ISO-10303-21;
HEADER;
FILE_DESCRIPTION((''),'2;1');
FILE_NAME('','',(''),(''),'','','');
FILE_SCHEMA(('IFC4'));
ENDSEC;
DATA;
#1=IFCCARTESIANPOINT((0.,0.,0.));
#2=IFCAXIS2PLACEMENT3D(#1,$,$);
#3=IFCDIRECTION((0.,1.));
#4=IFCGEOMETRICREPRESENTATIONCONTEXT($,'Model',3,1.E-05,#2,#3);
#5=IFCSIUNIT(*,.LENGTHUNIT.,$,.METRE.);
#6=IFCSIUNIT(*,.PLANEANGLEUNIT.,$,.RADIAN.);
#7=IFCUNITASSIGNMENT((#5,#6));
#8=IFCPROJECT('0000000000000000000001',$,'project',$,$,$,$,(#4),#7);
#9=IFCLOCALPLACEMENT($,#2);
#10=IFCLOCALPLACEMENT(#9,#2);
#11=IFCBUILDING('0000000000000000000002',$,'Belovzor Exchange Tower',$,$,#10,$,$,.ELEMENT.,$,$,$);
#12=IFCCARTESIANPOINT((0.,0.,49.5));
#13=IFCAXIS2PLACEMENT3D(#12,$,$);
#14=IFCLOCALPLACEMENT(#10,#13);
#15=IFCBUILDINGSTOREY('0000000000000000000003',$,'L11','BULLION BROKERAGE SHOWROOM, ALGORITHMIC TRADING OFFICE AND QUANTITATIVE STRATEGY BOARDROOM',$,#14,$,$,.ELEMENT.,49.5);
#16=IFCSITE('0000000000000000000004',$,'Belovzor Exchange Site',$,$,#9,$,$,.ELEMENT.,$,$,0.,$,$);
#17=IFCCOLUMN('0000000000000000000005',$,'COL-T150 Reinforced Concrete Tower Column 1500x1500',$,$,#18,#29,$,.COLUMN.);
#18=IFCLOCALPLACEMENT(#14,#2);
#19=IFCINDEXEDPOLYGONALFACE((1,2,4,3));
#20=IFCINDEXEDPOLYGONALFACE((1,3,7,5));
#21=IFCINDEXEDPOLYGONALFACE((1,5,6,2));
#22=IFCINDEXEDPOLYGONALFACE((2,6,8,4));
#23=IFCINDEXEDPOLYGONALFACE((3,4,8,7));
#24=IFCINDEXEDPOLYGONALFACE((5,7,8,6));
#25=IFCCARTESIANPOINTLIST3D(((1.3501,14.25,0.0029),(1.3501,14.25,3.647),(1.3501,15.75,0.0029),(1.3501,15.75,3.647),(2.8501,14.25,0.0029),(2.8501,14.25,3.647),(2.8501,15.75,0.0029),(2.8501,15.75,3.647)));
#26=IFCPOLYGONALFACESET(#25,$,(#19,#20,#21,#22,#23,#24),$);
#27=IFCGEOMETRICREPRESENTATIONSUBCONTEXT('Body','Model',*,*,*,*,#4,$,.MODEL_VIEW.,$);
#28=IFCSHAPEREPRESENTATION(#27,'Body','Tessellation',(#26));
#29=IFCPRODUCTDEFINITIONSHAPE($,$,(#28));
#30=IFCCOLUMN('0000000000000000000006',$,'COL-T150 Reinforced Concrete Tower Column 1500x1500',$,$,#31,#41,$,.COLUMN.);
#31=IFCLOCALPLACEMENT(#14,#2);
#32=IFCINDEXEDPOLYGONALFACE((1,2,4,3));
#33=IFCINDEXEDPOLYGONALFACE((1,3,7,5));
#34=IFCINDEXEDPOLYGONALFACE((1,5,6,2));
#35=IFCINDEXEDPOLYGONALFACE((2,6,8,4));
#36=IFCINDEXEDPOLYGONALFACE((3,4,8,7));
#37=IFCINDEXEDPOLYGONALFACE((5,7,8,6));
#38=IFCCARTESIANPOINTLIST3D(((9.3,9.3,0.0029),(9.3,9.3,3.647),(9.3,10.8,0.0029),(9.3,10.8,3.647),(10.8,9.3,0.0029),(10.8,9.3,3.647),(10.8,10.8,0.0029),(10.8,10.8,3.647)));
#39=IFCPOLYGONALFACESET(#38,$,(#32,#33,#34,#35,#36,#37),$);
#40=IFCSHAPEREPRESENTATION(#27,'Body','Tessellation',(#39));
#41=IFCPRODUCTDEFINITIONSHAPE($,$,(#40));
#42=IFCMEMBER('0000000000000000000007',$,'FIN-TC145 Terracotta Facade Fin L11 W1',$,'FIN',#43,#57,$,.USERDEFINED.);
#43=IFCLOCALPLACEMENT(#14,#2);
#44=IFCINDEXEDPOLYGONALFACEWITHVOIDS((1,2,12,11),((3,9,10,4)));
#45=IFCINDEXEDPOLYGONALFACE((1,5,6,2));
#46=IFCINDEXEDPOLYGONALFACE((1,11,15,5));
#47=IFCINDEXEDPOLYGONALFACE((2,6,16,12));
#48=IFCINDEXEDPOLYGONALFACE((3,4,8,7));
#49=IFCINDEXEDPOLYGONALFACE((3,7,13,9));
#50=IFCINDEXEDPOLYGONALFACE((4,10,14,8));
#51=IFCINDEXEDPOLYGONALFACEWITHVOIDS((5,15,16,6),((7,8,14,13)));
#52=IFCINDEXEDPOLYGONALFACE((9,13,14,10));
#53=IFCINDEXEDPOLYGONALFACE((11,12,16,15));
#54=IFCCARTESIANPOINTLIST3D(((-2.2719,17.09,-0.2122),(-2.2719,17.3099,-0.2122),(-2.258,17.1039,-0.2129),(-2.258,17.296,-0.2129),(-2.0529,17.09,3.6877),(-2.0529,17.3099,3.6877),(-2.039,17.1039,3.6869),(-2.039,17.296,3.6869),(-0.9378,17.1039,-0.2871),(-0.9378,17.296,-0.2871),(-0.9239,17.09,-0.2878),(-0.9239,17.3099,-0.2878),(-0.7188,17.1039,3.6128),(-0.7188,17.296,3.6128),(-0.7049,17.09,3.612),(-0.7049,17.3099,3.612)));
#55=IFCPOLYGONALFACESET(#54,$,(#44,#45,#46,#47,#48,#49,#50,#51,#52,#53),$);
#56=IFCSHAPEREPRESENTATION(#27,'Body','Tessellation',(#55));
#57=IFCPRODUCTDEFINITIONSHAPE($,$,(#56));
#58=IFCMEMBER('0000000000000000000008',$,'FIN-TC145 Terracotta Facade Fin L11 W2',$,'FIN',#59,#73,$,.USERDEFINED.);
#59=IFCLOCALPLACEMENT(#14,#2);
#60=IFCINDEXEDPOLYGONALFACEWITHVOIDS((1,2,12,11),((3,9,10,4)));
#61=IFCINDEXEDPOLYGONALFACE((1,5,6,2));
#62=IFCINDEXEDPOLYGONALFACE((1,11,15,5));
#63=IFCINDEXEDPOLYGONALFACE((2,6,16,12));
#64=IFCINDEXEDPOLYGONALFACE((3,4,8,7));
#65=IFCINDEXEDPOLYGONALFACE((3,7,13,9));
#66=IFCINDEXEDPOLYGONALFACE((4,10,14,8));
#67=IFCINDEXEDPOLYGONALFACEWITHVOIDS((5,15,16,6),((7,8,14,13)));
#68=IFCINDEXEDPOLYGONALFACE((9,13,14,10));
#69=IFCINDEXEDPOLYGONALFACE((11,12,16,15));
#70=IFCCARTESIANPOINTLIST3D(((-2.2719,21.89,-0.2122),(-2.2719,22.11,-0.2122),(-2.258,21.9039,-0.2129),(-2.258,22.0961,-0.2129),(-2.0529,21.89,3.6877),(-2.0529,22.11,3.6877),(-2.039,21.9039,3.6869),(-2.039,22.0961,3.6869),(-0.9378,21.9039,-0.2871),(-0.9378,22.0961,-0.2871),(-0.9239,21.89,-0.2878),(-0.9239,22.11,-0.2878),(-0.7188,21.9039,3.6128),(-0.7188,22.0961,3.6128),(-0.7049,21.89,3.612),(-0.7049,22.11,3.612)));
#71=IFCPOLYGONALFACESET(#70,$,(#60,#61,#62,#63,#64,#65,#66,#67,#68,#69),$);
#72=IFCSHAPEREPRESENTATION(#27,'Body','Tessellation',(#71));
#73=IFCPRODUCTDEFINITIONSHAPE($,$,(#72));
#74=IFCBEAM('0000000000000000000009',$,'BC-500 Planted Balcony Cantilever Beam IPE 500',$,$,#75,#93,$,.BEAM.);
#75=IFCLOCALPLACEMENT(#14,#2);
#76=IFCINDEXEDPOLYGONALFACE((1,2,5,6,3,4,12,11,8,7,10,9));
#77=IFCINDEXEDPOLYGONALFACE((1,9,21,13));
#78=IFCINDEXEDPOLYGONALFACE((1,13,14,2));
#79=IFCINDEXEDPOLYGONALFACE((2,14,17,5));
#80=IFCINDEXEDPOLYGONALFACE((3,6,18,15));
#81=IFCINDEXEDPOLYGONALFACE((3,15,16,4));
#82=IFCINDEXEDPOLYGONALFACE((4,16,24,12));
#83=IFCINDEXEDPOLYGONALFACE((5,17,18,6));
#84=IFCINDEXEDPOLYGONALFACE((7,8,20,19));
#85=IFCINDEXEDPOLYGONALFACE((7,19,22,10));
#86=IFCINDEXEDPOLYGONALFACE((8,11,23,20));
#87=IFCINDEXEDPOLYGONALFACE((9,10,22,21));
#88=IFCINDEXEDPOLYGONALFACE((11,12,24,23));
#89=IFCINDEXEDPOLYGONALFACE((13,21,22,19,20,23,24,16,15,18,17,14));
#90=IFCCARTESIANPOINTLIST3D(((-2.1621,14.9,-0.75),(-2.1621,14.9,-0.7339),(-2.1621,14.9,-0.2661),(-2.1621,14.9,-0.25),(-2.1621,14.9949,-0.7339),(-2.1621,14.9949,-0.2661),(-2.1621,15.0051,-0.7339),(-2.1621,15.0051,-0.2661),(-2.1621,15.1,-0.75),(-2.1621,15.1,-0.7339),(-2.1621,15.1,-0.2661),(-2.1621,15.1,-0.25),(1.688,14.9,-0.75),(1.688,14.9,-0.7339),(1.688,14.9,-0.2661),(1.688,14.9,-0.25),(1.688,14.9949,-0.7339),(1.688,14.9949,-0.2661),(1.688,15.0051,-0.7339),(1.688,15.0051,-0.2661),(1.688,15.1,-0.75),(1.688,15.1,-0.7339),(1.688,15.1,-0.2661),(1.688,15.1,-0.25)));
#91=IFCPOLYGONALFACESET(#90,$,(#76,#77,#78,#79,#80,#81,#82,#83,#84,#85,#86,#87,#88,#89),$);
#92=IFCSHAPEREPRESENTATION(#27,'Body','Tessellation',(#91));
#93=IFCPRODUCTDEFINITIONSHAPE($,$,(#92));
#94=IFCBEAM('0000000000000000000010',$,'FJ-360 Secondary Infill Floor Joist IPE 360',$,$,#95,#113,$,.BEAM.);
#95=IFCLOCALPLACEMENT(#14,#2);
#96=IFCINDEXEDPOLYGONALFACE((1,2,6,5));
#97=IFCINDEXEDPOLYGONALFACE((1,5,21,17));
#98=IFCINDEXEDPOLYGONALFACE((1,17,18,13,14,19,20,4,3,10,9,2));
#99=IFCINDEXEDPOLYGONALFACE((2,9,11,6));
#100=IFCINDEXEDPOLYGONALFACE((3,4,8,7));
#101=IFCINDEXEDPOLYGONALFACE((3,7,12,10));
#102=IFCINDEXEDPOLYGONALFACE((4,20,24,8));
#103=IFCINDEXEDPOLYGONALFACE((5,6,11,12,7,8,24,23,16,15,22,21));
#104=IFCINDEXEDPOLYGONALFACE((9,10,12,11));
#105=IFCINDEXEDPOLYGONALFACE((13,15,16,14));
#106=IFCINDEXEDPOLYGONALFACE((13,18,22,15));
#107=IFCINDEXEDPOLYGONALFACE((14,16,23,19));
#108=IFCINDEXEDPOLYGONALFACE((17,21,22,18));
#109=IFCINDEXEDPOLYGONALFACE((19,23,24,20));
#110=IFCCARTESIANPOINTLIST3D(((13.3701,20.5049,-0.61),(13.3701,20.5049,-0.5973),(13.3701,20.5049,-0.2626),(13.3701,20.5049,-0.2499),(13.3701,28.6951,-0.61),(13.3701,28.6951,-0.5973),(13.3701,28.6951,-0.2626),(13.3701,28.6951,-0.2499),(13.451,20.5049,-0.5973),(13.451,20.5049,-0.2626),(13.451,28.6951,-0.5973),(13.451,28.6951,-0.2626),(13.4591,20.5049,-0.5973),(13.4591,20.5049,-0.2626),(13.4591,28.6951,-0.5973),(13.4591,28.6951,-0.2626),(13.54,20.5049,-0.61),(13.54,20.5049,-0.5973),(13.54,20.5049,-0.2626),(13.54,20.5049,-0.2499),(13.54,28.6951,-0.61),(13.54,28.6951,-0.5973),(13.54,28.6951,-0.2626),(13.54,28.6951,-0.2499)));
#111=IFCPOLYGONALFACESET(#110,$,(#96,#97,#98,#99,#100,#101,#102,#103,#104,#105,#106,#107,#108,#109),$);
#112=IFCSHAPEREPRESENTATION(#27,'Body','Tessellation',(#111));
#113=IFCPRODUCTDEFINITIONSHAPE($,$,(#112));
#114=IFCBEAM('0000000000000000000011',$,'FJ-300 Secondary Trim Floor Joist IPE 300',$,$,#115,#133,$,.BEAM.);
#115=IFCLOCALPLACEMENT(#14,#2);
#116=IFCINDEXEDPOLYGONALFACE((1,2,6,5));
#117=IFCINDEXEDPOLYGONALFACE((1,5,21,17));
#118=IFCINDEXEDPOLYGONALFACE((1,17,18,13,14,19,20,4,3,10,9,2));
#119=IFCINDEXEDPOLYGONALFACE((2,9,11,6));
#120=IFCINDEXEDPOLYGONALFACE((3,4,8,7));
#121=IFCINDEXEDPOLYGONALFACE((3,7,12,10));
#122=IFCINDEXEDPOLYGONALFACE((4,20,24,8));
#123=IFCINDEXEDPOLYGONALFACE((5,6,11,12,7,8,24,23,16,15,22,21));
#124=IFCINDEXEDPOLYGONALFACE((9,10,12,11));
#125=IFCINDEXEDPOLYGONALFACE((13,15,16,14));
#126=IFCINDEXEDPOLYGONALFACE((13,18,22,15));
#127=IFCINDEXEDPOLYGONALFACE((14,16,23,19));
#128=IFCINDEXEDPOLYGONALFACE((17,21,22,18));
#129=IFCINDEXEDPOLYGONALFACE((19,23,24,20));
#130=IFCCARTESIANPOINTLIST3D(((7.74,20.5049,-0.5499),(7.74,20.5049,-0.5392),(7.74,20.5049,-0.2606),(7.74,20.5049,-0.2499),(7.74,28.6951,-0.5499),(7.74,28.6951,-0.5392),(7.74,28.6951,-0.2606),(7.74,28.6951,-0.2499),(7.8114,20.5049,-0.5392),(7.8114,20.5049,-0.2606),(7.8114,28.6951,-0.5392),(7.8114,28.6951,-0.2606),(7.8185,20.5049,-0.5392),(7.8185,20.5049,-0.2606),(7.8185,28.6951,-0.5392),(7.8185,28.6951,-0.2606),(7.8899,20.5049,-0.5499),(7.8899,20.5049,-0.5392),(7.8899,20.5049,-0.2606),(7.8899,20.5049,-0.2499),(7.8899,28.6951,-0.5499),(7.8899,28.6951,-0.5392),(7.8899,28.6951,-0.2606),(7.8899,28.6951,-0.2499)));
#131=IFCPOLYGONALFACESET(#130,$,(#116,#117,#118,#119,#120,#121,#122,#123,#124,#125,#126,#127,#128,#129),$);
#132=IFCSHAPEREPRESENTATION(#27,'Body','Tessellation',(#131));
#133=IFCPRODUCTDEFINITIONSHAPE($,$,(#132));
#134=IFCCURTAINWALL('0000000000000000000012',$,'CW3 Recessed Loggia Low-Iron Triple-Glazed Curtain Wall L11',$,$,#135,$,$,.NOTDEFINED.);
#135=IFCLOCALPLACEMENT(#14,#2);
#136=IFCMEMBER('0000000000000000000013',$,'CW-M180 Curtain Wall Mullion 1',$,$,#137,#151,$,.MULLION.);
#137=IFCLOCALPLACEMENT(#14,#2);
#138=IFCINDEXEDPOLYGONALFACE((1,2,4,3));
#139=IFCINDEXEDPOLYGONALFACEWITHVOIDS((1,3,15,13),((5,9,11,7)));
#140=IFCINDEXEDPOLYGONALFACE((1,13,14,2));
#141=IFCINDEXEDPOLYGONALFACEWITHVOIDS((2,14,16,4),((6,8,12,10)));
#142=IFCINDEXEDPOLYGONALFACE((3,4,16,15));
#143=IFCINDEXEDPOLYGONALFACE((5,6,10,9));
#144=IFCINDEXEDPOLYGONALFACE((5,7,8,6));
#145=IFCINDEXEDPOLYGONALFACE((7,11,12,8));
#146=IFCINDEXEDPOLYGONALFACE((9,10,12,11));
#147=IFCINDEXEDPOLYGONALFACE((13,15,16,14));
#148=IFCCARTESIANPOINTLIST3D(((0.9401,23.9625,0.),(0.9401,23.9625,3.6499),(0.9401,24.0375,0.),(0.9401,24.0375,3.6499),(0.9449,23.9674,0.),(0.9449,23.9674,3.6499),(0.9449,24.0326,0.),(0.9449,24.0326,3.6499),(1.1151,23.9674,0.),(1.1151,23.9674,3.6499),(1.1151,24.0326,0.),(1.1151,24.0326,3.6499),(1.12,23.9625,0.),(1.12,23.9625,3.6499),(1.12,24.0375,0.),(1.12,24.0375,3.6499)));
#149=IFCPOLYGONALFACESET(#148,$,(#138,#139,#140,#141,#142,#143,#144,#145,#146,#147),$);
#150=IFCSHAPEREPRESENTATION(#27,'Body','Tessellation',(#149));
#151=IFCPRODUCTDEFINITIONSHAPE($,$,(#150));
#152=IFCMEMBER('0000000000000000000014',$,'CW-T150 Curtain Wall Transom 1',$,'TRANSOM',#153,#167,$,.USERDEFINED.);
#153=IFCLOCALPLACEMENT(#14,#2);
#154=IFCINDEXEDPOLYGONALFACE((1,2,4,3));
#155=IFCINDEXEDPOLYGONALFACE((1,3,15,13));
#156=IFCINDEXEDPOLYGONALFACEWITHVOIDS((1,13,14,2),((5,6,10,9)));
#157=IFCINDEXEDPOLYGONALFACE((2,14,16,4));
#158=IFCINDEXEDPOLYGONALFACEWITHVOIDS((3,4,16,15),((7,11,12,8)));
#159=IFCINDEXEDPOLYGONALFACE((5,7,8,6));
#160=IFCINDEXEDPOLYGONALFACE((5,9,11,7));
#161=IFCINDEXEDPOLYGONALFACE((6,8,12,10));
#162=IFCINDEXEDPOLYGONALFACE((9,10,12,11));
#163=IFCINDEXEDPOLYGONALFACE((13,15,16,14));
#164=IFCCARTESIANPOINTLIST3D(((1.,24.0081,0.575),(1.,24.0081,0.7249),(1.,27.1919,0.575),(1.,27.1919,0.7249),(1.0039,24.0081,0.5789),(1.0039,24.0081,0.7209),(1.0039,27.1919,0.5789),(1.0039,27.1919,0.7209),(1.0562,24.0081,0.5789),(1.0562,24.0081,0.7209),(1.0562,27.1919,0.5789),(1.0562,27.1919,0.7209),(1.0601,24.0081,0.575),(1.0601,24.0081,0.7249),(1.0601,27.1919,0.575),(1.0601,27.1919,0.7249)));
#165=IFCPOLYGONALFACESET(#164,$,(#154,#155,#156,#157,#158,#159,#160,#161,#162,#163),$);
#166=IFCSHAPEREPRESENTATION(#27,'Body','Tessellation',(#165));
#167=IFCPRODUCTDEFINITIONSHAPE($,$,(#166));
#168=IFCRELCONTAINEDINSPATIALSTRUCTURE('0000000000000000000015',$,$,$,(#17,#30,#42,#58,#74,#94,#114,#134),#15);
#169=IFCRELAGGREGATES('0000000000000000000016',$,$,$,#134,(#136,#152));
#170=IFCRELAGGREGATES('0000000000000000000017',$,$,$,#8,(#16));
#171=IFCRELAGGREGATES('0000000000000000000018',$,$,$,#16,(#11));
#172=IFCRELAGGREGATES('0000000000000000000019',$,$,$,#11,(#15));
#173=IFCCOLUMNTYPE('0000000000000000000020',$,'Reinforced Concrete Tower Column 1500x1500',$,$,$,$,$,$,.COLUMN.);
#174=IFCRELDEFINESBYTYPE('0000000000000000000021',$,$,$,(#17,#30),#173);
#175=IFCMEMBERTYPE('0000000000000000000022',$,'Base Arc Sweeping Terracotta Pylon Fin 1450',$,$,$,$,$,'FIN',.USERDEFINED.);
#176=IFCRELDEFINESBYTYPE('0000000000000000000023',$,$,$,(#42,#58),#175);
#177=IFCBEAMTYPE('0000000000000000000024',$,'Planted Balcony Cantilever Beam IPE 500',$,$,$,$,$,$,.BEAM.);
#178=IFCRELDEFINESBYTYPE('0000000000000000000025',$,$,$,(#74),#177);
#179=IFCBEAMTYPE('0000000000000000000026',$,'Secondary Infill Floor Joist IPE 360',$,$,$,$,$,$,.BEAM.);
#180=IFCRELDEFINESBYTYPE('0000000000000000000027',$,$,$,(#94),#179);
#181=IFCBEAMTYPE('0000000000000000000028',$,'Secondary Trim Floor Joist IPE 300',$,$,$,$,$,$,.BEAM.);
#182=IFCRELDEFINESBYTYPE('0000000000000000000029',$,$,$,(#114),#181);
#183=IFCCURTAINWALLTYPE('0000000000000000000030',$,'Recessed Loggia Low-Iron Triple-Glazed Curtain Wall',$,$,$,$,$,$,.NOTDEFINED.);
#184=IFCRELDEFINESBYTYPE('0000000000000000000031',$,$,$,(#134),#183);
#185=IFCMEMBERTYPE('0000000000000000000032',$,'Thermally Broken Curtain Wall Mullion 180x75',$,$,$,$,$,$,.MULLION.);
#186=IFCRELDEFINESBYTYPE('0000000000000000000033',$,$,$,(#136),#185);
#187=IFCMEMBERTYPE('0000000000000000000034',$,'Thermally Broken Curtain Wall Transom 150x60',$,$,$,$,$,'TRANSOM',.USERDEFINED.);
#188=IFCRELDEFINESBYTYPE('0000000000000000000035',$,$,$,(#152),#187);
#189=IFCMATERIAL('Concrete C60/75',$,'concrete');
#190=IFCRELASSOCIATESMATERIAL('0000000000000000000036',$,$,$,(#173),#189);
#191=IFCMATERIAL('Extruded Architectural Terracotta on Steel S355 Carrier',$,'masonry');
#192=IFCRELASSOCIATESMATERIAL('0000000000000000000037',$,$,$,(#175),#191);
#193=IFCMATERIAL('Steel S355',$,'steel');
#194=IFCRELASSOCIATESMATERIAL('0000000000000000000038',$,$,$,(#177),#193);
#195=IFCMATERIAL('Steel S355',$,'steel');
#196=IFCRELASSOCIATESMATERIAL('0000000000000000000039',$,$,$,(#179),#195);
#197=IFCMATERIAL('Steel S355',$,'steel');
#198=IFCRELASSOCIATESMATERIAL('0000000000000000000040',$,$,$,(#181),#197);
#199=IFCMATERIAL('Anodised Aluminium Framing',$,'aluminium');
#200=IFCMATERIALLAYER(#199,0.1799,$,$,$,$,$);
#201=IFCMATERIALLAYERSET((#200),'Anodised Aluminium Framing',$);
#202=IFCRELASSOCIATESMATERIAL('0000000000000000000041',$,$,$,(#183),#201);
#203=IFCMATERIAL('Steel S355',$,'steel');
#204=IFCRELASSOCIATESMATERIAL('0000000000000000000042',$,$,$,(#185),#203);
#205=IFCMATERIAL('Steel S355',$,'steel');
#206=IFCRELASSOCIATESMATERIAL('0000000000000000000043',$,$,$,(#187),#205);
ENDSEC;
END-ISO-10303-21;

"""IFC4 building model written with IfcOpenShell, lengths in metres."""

from ifc_helpers import new_model, si_unit, direction, frame, origin, origin_2d, place, context, subcontext, project, spatial, rectangle, hollow_rectangle, i_section, extrude, material, layer, layer_set, material_profile, profile_set, type_object, element, aggregate, save


model = new_model("IFC4")

# Units and contexts
model_context = context("Model", 3, precision=1e-05, world=origin(), true_north=direction((0.0, 1.0)))
body_context = subcontext(model_context, "Body", "Model", "MODEL_VIEW")
ifc_project = project(units=[si_unit("LENGTHUNIT", "METRE"), si_unit("PLANEANGLEUNIT", "RADIAN")], contexts=[model_context])

# Site, building, storey
site_placement = place(None, origin())
site = spatial("IfcSite", under=ifc_project, at=site_placement, Name="Belovzor Exchange Site", CompositionType="ELEMENT", RefElevation=0.0)
building_placement = place(site_placement, origin())
building = spatial("IfcBuilding", under=site, at=building_placement, Name="Belovzor Exchange Tower", CompositionType="ELEMENT")
storey_placement = place(building_placement, frame((0.0, 0.0, 49.5)))
storey = spatial("IfcBuildingStorey", under=building, at=storey_placement, Name="L11", Description="BULLION BROKERAGE SHOWROOM, ALGORITHMIC TRADING OFFICE AND QUANTITATIVE STRATEGY BOARDROOM", CompositionType="ELEMENT", Elevation=49.5)

# Columns
ifc_material_1 = material(Name="Concrete C60/75", Category="concrete")
ifc_material_profile_1 = material_profile(ifc_material_1, rectangle(XDim=1.5, YDim=1.5, at=origin_2d()))
ifc_profile_set_1 = profile_set([ifc_material_profile_1], Name="Concrete C60/75")
column_type = type_object("IfcColumnType", Name="Reinforced Concrete Tower Column 1500x1500", PredefinedType="COLUMN", material=ifc_profile_set_1)
for number, where, z_axis, x_axis, name in (
    (1, (2.1001, 15.0, 0.0029), (0.0, 0.0, 1.0), (1.0, 0.0, 0.0), "COL-T150 Reinforced Concrete Tower Column 1500x1500"),
    (2, (10.05, 10.05, 0.0029), (0.0, 0.0, 1.0), (1.0, 0.0, 0.0), "COL-T150 Reinforced Concrete Tower Column 1500x1500"),
):
    element("IfcColumn", number, at=place(storey_placement, frame(where, z_axis=z_axis, x_axis=x_axis)), inside=storey, type_object=column_type, Name=name, PredefinedType="COLUMN", context=body_context, shape_type="SweptSolid", body=[
        extrude(rectangle(XDim=1.5, YDim=1.5, at=origin_2d()), origin(), (0.0, 0.0, 1.0), 3.644),
    ])

# Members
ifc_material_2 = material(Name="Extruded Architectural Terracotta on Steel S355 Carrier", Category="masonry")
ifc_material_profile_2 = material_profile(ifc_material_2, hollow_rectangle(XDim=0.22, YDim=1.3501, WallThickness=0.0139, at=origin_2d()))
ifc_profile_set_2 = profile_set([ifc_material_profile_2], Name="Extruded Architectural Terracotta on Steel S355 Carrier")
member_type_1 = type_object("IfcMemberType", Name="Base Arc Sweeping Terracotta Pylon Fin 1450", ElementType="FIN", PredefinedType="USERDEFINED", material=ifc_profile_set_2)
for number, where, z_axis, x_axis, name in (
    (3, (-1.5979, 17.2, -0.25), (0.056065, 0.0, 0.998427), (0.0, 1.0, 0.0), "FIN-TC145 Terracotta Facade Fin L11 W1"),
    (4, (-1.5979, 22.0, -0.25), (0.056065, 0.0, 0.998427), (0.0, 1.0, 0.0), "FIN-TC145 Terracotta Facade Fin L11 W2"),
):
    element("IfcMember", number, at=place(storey_placement, frame(where, z_axis=z_axis, x_axis=x_axis)), inside=storey, type_object=member_type_1, Name=name, ObjectType="FIN", PredefinedType="USERDEFINED", context=body_context, shape_type="SweptSolid", body=[
        extrude(hollow_rectangle(XDim=0.22, YDim=1.3501, WallThickness=0.0139, at=origin_2d()), origin(), (0.0, 0.0, 1.0), 3.906),
    ])

# Beams
ifc_material_3 = material(Name="Steel S355", Category="steel")
ifc_material_profile_3 = material_profile(ifc_material_3, i_section(OverallWidth=0.2, OverallDepth=0.5, WebThickness=0.0103, FlangeThickness=0.0161, at=origin_2d()))
ifc_profile_set_3 = profile_set([ifc_material_profile_3], Name="Steel S355")
beam_type_1 = type_object("IfcBeamType", Name="Planted Balcony Cantilever Beam IPE 500", PredefinedType="BEAM", material=ifc_profile_set_3)
beam_1_placement = place(storey_placement, frame((1.688, 15.0, -0.5), z_axis=(-1.0, 0.0, 0.0), x_axis=(0.0, -1.0, 0.0)))
element("IfcBeam", 5, at=beam_1_placement, inside=storey, type_object=beam_type_1, Name="BC-500 Planted Balcony Cantilever Beam IPE 500", PredefinedType="BEAM", context=body_context, shape_type="SweptSolid", body=[
    extrude(i_section(OverallWidth=0.2, OverallDepth=0.5, WebThickness=0.0103, FlangeThickness=0.0161, at=origin_2d()), origin(), (0.0, 0.0, 1.0), 3.8501),
])
ifc_material_4 = material(Name="Steel S355", Category="steel")
ifc_material_profile_4 = material_profile(ifc_material_4, i_section(OverallWidth=0.1699, OverallDepth=0.3601, WebThickness=0.0081, FlangeThickness=0.0127, at=origin_2d()))
ifc_profile_set_4 = profile_set([ifc_material_profile_4], Name="Steel S355")
beam_type_2 = type_object("IfcBeamType", Name="Secondary Infill Floor Joist IPE 360", PredefinedType="BEAM", material=ifc_profile_set_4)
beam_2_placement = place(storey_placement, frame((13.4551, 20.5049, -0.4299), z_axis=(0.0, 1.0, 0.0), x_axis=(-1.0, 0.0, 0.0)))
element("IfcBeam", 6, at=beam_2_placement, inside=storey, type_object=beam_type_2, Name="FJ-360 Secondary Infill Floor Joist IPE 360", PredefinedType="BEAM", context=body_context, shape_type="SweptSolid", body=[
    extrude(i_section(OverallWidth=0.1699, OverallDepth=0.3601, WebThickness=0.0081, FlangeThickness=0.0127, at=origin_2d()), origin(), (0.0, 0.0, 1.0), 8.1902),
])
ifc_material_5 = material(Name="Steel S355", Category="steel")
ifc_material_profile_5 = material_profile(ifc_material_5, i_section(OverallWidth=0.1499, OverallDepth=0.3, WebThickness=0.0071, FlangeThickness=0.0107, at=origin_2d()))
ifc_profile_set_5 = profile_set([ifc_material_profile_5], Name="Steel S355")
beam_type_3 = type_object("IfcBeamType", Name="Secondary Trim Floor Joist IPE 300", PredefinedType="BEAM", material=ifc_profile_set_5)
beam_3_placement = place(storey_placement, frame((7.8149, 20.5049, -0.3999), z_axis=(0.0, 1.0, 0.0), x_axis=(-1.0, 0.0, 0.0)))
element("IfcBeam", 7, at=beam_3_placement, inside=storey, type_object=beam_type_3, Name="FJ-300 Secondary Trim Floor Joist IPE 300", PredefinedType="BEAM", context=body_context, shape_type="SweptSolid", body=[
    extrude(i_section(OverallWidth=0.1499, OverallDepth=0.3, WebThickness=0.0071, FlangeThickness=0.0107, at=origin_2d()), origin(), (0.0, 0.0, 1.0), 8.1902),
])

# Curtain wall, members
ifc_material_6 = material(Name="Anodised Aluminium Framing", Category="aluminium")
ifc_layer_1 = layer(ifc_material_6, 0.1799)
ifc_layer_set_1 = layer_set([ifc_layer_1], Name="Anodised Aluminium Framing")
curtain_wall_type = type_object("IfcCurtainWallType", Name="Recessed Loggia Low-Iron Triple-Glazed Curtain Wall", PredefinedType="NOTDEFINED", material=ifc_layer_set_1)
curtain_wall_placement = place(storey_placement, origin())
curtain_wall = element("IfcCurtainWall", 8, at=curtain_wall_placement, inside=storey, type_object=curtain_wall_type, Name="CW3 Recessed Loggia Low-Iron Triple-Glazed Curtain Wall L11", PredefinedType="NOTDEFINED")
ifc_material_7 = material(Name="Steel S355", Category="steel")
ifc_material_profile_6 = material_profile(ifc_material_7, hollow_rectangle(XDim=0.075, YDim=0.1799, WallThickness=0.0049, at=origin_2d()))
ifc_profile_set_6 = profile_set([ifc_material_profile_6], Name="Steel S355")
member_type_2 = type_object("IfcMemberType", Name="Thermally Broken Curtain Wall Mullion 180x75", PredefinedType="MULLION", material=ifc_profile_set_6)
member_1_placement = place(storey_placement, frame((1.03, 24.0, 0.0), z_axis=(0.0, 0.0, 1.0), x_axis=(0.0, 1.0, 0.0)))
member_1 = element("IfcMember", 9, at=member_1_placement, type_object=member_type_2, Name="CW-M180 Curtain Wall Mullion 1", PredefinedType="MULLION", context=body_context, shape_type="SweptSolid", body=[
    extrude(hollow_rectangle(XDim=0.075, YDim=0.1799, WallThickness=0.0049, at=origin_2d()), origin(), (0.0, 0.0, 1.0), 3.6499),
])
ifc_material_8 = material(Name="Steel S355", Category="steel")
ifc_material_profile_7 = material_profile(ifc_material_8, hollow_rectangle(XDim=0.0601, YDim=0.1499, WallThickness=0.0039, at=origin_2d()))
ifc_profile_set_7 = profile_set([ifc_material_profile_7], Name="Steel S355")
member_type_3 = type_object("IfcMemberType", Name="Thermally Broken Curtain Wall Transom 150x60", ElementType="TRANSOM", PredefinedType="USERDEFINED", material=ifc_profile_set_7)
member_2_placement = place(storey_placement, frame((1.03, 24.0081, 0.6499), z_axis=(0.0, 1.0, 0.0), x_axis=(-1.0, 0.0, 0.0)))
member_2 = element("IfcMember", 10, at=member_2_placement, type_object=member_type_3, Name="CW-T150 Curtain Wall Transom 1", ObjectType="TRANSOM", PredefinedType="USERDEFINED", context=body_context, shape_type="SweptSolid", body=[
    extrude(hollow_rectangle(XDim=0.0601, YDim=0.1499, WallThickness=0.0039, at=origin_2d()), origin(), (0.0, 0.0, 1.0), 3.1838),
])

aggregate(curtain_wall, [member_1, member_2])

save(model, "model.ifc")
